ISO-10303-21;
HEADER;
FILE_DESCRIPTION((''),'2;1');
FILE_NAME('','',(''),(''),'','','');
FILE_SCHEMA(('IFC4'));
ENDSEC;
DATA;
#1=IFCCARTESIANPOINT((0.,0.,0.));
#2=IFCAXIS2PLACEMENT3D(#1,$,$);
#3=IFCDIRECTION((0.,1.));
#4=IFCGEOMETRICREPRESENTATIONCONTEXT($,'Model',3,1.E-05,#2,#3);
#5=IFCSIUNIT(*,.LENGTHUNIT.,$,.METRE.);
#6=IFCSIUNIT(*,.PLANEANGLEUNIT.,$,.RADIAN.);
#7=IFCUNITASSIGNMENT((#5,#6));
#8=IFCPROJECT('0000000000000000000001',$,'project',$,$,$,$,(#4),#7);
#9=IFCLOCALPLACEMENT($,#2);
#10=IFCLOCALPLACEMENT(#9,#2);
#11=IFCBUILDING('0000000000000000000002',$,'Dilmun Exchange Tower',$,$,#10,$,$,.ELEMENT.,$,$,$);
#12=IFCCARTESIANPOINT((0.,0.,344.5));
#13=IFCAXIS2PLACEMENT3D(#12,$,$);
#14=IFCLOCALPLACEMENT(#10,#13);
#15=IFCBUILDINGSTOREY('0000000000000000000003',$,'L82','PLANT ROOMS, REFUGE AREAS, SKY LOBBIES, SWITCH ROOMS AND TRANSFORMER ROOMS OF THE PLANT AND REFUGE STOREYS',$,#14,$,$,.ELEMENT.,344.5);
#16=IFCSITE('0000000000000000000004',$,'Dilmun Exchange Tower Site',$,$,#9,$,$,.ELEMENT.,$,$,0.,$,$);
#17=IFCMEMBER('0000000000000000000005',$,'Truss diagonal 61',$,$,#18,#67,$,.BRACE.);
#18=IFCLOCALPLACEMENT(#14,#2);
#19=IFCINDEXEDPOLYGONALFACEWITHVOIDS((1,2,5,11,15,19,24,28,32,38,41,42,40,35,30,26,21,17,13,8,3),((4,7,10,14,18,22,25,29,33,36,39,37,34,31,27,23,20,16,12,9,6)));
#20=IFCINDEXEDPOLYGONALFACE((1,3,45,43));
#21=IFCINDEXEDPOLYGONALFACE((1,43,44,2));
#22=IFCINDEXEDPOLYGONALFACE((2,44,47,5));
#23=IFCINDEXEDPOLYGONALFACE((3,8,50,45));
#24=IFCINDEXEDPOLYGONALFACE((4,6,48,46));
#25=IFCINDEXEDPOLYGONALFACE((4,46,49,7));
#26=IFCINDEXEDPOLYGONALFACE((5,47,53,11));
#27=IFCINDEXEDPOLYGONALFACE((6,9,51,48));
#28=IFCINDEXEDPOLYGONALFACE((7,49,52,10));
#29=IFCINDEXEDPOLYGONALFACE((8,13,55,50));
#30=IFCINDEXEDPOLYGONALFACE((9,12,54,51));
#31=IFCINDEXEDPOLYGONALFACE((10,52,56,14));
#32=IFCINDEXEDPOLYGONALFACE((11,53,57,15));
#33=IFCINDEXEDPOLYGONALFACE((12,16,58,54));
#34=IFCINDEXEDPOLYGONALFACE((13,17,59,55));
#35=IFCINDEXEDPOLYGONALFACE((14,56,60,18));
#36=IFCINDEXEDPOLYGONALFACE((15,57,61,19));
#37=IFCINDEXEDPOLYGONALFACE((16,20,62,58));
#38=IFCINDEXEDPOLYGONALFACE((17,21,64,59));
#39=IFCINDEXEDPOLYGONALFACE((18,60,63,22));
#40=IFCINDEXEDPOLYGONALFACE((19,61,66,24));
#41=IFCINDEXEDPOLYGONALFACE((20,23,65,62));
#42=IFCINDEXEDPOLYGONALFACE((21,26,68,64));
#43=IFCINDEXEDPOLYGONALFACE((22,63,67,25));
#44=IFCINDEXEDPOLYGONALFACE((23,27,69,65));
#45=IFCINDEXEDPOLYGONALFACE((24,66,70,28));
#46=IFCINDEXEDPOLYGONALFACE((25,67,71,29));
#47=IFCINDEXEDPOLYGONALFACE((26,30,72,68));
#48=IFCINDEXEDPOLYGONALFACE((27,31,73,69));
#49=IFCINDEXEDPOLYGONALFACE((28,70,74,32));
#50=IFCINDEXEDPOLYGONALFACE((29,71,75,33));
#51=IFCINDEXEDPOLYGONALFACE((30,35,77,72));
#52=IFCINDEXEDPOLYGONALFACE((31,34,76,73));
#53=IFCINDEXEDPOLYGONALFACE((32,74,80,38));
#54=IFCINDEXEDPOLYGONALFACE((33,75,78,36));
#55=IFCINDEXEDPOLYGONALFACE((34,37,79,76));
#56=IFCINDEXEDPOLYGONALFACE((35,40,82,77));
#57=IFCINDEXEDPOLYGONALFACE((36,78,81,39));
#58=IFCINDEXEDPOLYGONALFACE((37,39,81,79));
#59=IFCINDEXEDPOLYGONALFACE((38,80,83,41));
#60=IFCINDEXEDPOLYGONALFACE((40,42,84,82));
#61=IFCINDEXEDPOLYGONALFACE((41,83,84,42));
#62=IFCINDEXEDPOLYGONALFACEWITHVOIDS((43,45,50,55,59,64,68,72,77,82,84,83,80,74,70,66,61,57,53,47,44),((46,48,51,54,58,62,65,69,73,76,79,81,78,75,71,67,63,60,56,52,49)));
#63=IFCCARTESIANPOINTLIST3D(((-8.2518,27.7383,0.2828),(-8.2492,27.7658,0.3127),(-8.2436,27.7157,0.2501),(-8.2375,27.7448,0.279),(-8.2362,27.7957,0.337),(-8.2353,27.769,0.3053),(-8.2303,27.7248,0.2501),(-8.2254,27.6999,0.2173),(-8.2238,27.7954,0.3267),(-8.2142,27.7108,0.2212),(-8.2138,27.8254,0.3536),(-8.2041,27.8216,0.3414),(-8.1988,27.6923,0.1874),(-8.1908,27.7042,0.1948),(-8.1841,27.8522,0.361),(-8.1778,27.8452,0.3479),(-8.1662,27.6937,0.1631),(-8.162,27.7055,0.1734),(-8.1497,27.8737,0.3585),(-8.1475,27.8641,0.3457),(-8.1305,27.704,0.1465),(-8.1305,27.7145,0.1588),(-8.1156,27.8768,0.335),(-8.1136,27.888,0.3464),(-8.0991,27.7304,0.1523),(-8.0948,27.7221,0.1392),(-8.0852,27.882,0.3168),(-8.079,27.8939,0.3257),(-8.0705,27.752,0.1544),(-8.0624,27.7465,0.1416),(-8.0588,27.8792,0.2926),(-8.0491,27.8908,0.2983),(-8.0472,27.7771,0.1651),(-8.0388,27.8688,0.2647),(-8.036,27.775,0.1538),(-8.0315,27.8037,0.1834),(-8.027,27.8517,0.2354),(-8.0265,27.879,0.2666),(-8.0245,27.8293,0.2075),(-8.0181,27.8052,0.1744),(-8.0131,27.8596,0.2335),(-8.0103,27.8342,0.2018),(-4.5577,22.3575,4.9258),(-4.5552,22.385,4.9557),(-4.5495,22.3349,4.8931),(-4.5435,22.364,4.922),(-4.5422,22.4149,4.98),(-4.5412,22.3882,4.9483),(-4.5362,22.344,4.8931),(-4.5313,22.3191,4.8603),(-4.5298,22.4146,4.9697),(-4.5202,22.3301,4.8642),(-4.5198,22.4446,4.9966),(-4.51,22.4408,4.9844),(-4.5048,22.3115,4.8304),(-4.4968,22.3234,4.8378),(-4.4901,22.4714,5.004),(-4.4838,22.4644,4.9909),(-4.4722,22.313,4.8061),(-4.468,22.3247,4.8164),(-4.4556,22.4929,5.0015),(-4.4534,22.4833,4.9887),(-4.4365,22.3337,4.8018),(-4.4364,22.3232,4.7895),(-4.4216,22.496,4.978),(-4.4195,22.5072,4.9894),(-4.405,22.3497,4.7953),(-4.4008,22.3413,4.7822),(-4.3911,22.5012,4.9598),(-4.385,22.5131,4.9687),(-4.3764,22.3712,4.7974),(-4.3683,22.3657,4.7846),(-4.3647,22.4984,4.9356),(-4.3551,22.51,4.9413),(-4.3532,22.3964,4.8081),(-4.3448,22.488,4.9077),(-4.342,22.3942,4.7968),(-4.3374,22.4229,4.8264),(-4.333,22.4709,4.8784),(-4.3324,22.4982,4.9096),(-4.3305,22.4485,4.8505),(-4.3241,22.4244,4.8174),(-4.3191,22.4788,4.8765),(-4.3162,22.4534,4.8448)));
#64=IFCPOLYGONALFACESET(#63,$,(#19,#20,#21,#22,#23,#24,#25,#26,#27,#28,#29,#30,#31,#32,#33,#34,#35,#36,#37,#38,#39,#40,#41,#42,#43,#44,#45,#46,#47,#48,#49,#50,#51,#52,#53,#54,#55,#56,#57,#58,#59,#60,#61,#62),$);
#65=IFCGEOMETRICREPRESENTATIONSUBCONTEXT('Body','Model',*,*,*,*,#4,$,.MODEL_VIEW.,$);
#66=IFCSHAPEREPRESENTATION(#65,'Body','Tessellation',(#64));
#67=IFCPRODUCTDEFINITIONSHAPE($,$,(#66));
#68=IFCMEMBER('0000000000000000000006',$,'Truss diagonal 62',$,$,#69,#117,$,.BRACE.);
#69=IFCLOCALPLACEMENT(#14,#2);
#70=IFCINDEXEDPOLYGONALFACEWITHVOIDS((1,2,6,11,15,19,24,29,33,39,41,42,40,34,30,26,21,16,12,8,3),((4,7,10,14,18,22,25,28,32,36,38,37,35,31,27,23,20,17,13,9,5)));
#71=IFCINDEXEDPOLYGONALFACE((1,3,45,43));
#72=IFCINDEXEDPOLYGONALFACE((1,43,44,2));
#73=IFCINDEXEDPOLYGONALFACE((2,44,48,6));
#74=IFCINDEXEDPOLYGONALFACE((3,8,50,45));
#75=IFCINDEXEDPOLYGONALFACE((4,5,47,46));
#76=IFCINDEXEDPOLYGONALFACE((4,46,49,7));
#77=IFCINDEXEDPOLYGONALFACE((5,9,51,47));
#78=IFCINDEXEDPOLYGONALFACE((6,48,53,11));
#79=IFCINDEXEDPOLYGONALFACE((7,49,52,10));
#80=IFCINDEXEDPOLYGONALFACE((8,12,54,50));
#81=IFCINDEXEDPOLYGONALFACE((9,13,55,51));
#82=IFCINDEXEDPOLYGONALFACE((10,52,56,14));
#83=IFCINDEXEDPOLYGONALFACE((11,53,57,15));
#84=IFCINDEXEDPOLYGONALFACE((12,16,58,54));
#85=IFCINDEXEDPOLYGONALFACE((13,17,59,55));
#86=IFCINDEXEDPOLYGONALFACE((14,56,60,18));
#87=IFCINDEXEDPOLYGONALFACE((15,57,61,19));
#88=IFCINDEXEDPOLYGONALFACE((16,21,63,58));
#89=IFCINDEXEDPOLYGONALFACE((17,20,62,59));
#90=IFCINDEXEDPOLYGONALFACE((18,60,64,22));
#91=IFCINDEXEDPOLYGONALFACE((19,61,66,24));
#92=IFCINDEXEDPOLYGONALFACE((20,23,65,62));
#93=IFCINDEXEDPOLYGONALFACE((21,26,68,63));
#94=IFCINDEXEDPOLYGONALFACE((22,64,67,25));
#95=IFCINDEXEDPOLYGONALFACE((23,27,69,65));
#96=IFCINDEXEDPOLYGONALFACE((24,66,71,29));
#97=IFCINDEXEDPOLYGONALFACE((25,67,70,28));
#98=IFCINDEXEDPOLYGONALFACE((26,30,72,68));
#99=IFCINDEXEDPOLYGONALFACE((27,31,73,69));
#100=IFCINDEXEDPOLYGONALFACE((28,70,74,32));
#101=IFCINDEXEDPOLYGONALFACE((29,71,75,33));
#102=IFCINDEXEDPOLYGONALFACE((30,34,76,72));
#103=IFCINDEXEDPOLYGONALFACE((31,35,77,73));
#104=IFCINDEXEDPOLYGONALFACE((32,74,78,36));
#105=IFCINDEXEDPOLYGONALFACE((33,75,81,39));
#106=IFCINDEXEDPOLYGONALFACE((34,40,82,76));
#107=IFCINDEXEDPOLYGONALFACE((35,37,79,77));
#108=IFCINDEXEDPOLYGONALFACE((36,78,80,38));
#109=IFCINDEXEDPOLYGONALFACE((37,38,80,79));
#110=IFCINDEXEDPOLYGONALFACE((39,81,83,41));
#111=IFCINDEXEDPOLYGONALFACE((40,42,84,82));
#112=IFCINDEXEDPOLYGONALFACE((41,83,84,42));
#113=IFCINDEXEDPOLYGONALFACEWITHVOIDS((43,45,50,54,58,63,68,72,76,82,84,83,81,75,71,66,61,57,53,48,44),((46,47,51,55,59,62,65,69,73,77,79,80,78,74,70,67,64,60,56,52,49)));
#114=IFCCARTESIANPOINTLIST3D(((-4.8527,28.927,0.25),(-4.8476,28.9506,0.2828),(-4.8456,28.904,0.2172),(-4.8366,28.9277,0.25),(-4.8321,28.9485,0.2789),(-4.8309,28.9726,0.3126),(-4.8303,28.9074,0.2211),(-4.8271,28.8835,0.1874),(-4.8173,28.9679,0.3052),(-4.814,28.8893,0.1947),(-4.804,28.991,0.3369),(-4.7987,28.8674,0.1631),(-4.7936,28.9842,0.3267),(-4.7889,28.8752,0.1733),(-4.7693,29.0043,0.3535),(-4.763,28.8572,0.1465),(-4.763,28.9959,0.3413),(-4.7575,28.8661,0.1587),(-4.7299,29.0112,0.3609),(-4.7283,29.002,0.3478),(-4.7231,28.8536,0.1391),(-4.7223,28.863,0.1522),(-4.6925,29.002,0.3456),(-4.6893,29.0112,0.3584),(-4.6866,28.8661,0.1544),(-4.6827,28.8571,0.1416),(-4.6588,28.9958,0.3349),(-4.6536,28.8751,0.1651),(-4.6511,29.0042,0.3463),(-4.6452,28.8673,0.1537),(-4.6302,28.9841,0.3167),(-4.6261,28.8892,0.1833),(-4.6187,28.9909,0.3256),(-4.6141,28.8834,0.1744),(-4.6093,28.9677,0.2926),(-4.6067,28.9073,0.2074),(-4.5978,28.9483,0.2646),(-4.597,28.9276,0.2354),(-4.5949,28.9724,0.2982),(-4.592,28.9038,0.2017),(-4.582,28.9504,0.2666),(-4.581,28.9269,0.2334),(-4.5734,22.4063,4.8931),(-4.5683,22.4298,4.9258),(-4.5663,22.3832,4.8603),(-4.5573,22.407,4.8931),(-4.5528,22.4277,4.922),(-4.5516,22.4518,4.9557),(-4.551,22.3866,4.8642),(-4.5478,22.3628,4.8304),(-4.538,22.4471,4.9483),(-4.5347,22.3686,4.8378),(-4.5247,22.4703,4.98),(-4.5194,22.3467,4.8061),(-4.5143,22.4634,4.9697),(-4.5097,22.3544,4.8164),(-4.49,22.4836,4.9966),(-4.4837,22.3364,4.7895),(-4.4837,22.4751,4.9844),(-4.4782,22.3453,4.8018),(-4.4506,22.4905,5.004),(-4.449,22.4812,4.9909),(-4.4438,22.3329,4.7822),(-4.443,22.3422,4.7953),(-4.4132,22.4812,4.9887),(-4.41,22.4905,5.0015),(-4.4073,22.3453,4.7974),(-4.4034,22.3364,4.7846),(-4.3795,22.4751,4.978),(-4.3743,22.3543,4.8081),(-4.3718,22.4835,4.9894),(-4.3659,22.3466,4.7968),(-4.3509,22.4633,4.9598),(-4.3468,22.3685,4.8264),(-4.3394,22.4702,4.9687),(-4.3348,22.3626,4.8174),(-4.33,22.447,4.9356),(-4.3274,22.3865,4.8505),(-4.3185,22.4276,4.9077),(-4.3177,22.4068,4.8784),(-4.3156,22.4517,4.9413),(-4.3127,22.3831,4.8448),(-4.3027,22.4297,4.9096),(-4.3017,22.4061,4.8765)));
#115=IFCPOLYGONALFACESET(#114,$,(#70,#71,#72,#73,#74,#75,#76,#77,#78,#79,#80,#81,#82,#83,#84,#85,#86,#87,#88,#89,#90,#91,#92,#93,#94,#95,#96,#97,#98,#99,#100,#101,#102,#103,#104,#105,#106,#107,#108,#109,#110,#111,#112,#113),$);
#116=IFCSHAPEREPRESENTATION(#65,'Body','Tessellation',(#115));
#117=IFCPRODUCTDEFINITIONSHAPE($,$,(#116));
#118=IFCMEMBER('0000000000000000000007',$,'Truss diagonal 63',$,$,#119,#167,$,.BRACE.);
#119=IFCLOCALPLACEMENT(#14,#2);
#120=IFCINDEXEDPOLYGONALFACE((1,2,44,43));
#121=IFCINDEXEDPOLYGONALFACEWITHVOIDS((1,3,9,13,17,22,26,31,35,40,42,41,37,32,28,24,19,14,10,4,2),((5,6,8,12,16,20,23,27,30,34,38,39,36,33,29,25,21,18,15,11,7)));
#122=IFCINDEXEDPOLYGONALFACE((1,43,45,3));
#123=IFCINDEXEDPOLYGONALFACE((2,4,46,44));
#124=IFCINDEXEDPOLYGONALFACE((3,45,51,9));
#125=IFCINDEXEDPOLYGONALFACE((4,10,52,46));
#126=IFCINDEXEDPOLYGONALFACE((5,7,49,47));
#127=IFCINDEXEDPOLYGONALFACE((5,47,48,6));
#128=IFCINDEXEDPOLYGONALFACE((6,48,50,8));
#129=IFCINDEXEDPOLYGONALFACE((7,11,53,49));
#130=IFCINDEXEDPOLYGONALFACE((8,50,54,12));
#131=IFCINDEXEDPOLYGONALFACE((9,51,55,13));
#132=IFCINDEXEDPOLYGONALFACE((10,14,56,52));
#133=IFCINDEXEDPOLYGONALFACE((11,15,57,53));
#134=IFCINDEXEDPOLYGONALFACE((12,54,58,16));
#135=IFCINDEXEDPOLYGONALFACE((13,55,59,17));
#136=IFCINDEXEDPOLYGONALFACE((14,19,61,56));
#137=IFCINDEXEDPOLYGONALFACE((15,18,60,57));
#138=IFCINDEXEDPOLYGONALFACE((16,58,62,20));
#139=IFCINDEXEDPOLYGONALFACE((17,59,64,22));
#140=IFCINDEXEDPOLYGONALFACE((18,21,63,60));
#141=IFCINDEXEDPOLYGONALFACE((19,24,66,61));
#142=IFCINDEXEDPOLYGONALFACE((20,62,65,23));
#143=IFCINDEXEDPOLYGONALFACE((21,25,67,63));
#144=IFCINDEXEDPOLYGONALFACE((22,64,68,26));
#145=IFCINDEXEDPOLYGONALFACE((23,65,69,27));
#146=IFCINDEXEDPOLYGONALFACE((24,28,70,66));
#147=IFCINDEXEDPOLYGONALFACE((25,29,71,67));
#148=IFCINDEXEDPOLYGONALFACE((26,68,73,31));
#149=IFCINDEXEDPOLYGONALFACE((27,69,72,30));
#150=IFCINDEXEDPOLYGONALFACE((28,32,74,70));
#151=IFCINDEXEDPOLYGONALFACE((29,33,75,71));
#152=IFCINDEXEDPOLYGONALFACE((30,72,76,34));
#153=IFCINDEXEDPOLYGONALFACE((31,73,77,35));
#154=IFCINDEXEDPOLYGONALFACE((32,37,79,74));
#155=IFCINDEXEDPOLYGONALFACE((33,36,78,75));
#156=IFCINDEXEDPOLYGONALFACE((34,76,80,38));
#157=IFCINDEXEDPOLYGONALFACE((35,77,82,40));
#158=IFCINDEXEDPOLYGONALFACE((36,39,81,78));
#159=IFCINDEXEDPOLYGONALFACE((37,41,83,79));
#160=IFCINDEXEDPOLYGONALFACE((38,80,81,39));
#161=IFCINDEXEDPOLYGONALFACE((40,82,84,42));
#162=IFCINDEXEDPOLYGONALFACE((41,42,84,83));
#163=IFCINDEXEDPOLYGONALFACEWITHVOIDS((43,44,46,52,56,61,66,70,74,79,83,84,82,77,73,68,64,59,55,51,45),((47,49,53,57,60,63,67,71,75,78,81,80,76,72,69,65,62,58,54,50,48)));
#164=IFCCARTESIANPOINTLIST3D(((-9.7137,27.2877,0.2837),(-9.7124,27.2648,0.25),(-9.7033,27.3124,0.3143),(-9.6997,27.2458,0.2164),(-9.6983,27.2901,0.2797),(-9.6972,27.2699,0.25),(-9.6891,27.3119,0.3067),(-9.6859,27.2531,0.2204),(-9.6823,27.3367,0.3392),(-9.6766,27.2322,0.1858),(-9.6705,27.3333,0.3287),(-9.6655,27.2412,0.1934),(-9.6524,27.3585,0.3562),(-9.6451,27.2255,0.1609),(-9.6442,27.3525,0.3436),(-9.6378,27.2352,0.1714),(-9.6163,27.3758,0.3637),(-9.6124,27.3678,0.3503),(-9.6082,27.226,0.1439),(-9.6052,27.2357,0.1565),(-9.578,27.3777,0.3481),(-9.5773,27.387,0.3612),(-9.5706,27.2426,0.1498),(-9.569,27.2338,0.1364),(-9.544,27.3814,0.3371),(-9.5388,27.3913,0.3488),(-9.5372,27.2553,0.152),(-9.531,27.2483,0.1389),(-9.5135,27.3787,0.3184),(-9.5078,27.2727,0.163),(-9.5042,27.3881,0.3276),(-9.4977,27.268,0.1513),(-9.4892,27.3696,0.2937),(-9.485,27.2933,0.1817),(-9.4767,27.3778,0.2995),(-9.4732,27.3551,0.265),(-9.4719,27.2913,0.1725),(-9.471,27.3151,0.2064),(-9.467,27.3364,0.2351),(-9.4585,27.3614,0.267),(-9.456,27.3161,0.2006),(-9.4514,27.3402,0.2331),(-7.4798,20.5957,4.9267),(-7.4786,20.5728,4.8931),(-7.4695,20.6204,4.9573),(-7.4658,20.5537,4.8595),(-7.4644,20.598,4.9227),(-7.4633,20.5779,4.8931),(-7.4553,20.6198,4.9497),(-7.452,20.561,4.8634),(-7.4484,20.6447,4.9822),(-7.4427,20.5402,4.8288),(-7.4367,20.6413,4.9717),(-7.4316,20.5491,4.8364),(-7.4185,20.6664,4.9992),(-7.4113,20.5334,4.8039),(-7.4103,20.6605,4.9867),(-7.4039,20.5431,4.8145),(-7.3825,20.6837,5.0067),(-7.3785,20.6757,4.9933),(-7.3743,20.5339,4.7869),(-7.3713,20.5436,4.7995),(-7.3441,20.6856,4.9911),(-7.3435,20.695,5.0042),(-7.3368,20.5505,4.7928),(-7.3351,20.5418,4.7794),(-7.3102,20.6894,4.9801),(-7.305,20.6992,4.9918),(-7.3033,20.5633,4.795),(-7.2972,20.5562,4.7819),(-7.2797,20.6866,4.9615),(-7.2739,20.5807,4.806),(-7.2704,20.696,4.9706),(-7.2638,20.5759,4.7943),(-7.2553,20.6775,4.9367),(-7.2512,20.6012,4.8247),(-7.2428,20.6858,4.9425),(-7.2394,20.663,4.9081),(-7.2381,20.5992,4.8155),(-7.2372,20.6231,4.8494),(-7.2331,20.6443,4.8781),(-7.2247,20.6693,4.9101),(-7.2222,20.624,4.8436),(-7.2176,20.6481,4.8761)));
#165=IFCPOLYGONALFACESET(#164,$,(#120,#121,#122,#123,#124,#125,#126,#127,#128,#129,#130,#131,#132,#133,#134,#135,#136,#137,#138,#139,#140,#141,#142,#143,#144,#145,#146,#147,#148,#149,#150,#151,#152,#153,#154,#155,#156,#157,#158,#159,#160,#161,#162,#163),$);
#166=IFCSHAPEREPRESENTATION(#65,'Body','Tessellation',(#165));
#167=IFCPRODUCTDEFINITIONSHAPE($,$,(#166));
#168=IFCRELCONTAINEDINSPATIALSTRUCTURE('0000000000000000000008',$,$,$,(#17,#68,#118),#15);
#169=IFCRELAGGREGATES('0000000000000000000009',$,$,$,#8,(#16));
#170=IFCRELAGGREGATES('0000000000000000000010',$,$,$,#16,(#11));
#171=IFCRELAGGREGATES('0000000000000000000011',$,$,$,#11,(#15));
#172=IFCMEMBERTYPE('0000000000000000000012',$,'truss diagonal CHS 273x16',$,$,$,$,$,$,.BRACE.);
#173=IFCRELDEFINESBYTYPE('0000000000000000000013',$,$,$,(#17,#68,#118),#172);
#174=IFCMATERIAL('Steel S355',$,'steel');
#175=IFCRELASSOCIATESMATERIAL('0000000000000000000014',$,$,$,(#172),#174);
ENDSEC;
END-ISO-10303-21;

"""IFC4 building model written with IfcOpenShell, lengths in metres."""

from ifc_helpers import new_model, si_unit, direction, frame, origin, origin_2d, place, context, subcontext, project, spatial, hollow_circle, extrude, material, material_profile, profile_set, type_object, element, save


model = new_model("IFC4")

# Units and contexts
model_context = context("Model", 3, precision=1e-05, world=origin(), true_north=direction((0.0, 1.0)))
body_context = subcontext(model_context, "Body", "Model", "MODEL_VIEW")
ifc_project = project(units=[si_unit("LENGTHUNIT", "METRE"), si_unit("PLANEANGLEUNIT", "RADIAN")], contexts=[model_context])

# Site, building, storey
site_placement = place(None, origin())
site = spatial("IfcSite", under=ifc_project, at=site_placement, Name="Dilmun Exchange Tower Site", CompositionType="ELEMENT", RefElevation=0.0)
building_placement = place(site_placement, origin())
building = spatial("IfcBuilding", under=site, at=building_placement, Name="Dilmun Exchange Tower", CompositionType="ELEMENT")
storey_placement = place(building_placement, frame((0.0, 0.0, 344.5)))
storey = spatial("IfcBuildingStorey", under=building, at=storey_placement, Name="L82", Description="PLANT ROOMS, REFUGE AREAS, SKY LOBBIES, SWITCH ROOMS AND TRANSFORMER ROOMS OF THE PLANT AND REFUGE STOREYS", CompositionType="ELEMENT", Elevation=344.5)

# Shared definitions
ifc_material_1 = material(Name="Steel S355", Category="steel")

# Members
ifc_material_profile_1 = material_profile(ifc_material_1, hollow_circle(Radius=0.1365, WallThickness=0.0161, at=origin_2d()), Name="CHS 273x16")
ifc_profile_set_1 = profile_set([ifc_material_profile_1], Name="Steel S355")
member_type = type_object("IfcMemberType", Name="truss diagonal CHS 273x16", PredefinedType="BRACE", material=ifc_profile_set_1)
for number, where, z_axis, x_axis, name in (
    (1, (-4.437, 22.4121, 4.8931), (-0.461192, 0.671779, -0.579668), (-0.824417, -0.565983, 0.0), "Truss diagonal 61"),
    (2, (-4.437, 22.4121, 4.8931), (-0.03487, 0.814101, -0.579676), (-0.999084, -0.042793, 0.0), "Truss diagonal 62"),
):
    element("IfcMember", number, at=place(storey_placement, frame(where, z_axis=z_axis, x_axis=x_axis)), inside=storey, type_object=member_type, Name=name, PredefinedType="BRACE", context=body_context, shape_type="SweptSolid", body=[
        extrude(hollow_circle(Radius=0.1365, WallThickness=0.0161, at=origin_2d()), origin(), (0.0, 0.0, 1.0), 8.0098),
    ])
member_1_placement = place(storey_placement, frame((-7.3491, 20.616, 4.8931), z_axis=(-0.264494, 0.792355, -0.549743), x_axis=(-0.948548, -0.316633, 0.0)))
element("IfcMember", 3, at=member_1_placement, inside=storey, type_object=member_type, Name="Truss diagonal 63", PredefinedType="BRACE", context=body_context, shape_type="SweptSolid", body=[
    extrude(hollow_circle(Radius=0.1365, WallThickness=0.0161, at=origin_2d()), origin(), (0.0, 0.0, 1.0), 8.4458),
])

save(model, "model.ifc")
